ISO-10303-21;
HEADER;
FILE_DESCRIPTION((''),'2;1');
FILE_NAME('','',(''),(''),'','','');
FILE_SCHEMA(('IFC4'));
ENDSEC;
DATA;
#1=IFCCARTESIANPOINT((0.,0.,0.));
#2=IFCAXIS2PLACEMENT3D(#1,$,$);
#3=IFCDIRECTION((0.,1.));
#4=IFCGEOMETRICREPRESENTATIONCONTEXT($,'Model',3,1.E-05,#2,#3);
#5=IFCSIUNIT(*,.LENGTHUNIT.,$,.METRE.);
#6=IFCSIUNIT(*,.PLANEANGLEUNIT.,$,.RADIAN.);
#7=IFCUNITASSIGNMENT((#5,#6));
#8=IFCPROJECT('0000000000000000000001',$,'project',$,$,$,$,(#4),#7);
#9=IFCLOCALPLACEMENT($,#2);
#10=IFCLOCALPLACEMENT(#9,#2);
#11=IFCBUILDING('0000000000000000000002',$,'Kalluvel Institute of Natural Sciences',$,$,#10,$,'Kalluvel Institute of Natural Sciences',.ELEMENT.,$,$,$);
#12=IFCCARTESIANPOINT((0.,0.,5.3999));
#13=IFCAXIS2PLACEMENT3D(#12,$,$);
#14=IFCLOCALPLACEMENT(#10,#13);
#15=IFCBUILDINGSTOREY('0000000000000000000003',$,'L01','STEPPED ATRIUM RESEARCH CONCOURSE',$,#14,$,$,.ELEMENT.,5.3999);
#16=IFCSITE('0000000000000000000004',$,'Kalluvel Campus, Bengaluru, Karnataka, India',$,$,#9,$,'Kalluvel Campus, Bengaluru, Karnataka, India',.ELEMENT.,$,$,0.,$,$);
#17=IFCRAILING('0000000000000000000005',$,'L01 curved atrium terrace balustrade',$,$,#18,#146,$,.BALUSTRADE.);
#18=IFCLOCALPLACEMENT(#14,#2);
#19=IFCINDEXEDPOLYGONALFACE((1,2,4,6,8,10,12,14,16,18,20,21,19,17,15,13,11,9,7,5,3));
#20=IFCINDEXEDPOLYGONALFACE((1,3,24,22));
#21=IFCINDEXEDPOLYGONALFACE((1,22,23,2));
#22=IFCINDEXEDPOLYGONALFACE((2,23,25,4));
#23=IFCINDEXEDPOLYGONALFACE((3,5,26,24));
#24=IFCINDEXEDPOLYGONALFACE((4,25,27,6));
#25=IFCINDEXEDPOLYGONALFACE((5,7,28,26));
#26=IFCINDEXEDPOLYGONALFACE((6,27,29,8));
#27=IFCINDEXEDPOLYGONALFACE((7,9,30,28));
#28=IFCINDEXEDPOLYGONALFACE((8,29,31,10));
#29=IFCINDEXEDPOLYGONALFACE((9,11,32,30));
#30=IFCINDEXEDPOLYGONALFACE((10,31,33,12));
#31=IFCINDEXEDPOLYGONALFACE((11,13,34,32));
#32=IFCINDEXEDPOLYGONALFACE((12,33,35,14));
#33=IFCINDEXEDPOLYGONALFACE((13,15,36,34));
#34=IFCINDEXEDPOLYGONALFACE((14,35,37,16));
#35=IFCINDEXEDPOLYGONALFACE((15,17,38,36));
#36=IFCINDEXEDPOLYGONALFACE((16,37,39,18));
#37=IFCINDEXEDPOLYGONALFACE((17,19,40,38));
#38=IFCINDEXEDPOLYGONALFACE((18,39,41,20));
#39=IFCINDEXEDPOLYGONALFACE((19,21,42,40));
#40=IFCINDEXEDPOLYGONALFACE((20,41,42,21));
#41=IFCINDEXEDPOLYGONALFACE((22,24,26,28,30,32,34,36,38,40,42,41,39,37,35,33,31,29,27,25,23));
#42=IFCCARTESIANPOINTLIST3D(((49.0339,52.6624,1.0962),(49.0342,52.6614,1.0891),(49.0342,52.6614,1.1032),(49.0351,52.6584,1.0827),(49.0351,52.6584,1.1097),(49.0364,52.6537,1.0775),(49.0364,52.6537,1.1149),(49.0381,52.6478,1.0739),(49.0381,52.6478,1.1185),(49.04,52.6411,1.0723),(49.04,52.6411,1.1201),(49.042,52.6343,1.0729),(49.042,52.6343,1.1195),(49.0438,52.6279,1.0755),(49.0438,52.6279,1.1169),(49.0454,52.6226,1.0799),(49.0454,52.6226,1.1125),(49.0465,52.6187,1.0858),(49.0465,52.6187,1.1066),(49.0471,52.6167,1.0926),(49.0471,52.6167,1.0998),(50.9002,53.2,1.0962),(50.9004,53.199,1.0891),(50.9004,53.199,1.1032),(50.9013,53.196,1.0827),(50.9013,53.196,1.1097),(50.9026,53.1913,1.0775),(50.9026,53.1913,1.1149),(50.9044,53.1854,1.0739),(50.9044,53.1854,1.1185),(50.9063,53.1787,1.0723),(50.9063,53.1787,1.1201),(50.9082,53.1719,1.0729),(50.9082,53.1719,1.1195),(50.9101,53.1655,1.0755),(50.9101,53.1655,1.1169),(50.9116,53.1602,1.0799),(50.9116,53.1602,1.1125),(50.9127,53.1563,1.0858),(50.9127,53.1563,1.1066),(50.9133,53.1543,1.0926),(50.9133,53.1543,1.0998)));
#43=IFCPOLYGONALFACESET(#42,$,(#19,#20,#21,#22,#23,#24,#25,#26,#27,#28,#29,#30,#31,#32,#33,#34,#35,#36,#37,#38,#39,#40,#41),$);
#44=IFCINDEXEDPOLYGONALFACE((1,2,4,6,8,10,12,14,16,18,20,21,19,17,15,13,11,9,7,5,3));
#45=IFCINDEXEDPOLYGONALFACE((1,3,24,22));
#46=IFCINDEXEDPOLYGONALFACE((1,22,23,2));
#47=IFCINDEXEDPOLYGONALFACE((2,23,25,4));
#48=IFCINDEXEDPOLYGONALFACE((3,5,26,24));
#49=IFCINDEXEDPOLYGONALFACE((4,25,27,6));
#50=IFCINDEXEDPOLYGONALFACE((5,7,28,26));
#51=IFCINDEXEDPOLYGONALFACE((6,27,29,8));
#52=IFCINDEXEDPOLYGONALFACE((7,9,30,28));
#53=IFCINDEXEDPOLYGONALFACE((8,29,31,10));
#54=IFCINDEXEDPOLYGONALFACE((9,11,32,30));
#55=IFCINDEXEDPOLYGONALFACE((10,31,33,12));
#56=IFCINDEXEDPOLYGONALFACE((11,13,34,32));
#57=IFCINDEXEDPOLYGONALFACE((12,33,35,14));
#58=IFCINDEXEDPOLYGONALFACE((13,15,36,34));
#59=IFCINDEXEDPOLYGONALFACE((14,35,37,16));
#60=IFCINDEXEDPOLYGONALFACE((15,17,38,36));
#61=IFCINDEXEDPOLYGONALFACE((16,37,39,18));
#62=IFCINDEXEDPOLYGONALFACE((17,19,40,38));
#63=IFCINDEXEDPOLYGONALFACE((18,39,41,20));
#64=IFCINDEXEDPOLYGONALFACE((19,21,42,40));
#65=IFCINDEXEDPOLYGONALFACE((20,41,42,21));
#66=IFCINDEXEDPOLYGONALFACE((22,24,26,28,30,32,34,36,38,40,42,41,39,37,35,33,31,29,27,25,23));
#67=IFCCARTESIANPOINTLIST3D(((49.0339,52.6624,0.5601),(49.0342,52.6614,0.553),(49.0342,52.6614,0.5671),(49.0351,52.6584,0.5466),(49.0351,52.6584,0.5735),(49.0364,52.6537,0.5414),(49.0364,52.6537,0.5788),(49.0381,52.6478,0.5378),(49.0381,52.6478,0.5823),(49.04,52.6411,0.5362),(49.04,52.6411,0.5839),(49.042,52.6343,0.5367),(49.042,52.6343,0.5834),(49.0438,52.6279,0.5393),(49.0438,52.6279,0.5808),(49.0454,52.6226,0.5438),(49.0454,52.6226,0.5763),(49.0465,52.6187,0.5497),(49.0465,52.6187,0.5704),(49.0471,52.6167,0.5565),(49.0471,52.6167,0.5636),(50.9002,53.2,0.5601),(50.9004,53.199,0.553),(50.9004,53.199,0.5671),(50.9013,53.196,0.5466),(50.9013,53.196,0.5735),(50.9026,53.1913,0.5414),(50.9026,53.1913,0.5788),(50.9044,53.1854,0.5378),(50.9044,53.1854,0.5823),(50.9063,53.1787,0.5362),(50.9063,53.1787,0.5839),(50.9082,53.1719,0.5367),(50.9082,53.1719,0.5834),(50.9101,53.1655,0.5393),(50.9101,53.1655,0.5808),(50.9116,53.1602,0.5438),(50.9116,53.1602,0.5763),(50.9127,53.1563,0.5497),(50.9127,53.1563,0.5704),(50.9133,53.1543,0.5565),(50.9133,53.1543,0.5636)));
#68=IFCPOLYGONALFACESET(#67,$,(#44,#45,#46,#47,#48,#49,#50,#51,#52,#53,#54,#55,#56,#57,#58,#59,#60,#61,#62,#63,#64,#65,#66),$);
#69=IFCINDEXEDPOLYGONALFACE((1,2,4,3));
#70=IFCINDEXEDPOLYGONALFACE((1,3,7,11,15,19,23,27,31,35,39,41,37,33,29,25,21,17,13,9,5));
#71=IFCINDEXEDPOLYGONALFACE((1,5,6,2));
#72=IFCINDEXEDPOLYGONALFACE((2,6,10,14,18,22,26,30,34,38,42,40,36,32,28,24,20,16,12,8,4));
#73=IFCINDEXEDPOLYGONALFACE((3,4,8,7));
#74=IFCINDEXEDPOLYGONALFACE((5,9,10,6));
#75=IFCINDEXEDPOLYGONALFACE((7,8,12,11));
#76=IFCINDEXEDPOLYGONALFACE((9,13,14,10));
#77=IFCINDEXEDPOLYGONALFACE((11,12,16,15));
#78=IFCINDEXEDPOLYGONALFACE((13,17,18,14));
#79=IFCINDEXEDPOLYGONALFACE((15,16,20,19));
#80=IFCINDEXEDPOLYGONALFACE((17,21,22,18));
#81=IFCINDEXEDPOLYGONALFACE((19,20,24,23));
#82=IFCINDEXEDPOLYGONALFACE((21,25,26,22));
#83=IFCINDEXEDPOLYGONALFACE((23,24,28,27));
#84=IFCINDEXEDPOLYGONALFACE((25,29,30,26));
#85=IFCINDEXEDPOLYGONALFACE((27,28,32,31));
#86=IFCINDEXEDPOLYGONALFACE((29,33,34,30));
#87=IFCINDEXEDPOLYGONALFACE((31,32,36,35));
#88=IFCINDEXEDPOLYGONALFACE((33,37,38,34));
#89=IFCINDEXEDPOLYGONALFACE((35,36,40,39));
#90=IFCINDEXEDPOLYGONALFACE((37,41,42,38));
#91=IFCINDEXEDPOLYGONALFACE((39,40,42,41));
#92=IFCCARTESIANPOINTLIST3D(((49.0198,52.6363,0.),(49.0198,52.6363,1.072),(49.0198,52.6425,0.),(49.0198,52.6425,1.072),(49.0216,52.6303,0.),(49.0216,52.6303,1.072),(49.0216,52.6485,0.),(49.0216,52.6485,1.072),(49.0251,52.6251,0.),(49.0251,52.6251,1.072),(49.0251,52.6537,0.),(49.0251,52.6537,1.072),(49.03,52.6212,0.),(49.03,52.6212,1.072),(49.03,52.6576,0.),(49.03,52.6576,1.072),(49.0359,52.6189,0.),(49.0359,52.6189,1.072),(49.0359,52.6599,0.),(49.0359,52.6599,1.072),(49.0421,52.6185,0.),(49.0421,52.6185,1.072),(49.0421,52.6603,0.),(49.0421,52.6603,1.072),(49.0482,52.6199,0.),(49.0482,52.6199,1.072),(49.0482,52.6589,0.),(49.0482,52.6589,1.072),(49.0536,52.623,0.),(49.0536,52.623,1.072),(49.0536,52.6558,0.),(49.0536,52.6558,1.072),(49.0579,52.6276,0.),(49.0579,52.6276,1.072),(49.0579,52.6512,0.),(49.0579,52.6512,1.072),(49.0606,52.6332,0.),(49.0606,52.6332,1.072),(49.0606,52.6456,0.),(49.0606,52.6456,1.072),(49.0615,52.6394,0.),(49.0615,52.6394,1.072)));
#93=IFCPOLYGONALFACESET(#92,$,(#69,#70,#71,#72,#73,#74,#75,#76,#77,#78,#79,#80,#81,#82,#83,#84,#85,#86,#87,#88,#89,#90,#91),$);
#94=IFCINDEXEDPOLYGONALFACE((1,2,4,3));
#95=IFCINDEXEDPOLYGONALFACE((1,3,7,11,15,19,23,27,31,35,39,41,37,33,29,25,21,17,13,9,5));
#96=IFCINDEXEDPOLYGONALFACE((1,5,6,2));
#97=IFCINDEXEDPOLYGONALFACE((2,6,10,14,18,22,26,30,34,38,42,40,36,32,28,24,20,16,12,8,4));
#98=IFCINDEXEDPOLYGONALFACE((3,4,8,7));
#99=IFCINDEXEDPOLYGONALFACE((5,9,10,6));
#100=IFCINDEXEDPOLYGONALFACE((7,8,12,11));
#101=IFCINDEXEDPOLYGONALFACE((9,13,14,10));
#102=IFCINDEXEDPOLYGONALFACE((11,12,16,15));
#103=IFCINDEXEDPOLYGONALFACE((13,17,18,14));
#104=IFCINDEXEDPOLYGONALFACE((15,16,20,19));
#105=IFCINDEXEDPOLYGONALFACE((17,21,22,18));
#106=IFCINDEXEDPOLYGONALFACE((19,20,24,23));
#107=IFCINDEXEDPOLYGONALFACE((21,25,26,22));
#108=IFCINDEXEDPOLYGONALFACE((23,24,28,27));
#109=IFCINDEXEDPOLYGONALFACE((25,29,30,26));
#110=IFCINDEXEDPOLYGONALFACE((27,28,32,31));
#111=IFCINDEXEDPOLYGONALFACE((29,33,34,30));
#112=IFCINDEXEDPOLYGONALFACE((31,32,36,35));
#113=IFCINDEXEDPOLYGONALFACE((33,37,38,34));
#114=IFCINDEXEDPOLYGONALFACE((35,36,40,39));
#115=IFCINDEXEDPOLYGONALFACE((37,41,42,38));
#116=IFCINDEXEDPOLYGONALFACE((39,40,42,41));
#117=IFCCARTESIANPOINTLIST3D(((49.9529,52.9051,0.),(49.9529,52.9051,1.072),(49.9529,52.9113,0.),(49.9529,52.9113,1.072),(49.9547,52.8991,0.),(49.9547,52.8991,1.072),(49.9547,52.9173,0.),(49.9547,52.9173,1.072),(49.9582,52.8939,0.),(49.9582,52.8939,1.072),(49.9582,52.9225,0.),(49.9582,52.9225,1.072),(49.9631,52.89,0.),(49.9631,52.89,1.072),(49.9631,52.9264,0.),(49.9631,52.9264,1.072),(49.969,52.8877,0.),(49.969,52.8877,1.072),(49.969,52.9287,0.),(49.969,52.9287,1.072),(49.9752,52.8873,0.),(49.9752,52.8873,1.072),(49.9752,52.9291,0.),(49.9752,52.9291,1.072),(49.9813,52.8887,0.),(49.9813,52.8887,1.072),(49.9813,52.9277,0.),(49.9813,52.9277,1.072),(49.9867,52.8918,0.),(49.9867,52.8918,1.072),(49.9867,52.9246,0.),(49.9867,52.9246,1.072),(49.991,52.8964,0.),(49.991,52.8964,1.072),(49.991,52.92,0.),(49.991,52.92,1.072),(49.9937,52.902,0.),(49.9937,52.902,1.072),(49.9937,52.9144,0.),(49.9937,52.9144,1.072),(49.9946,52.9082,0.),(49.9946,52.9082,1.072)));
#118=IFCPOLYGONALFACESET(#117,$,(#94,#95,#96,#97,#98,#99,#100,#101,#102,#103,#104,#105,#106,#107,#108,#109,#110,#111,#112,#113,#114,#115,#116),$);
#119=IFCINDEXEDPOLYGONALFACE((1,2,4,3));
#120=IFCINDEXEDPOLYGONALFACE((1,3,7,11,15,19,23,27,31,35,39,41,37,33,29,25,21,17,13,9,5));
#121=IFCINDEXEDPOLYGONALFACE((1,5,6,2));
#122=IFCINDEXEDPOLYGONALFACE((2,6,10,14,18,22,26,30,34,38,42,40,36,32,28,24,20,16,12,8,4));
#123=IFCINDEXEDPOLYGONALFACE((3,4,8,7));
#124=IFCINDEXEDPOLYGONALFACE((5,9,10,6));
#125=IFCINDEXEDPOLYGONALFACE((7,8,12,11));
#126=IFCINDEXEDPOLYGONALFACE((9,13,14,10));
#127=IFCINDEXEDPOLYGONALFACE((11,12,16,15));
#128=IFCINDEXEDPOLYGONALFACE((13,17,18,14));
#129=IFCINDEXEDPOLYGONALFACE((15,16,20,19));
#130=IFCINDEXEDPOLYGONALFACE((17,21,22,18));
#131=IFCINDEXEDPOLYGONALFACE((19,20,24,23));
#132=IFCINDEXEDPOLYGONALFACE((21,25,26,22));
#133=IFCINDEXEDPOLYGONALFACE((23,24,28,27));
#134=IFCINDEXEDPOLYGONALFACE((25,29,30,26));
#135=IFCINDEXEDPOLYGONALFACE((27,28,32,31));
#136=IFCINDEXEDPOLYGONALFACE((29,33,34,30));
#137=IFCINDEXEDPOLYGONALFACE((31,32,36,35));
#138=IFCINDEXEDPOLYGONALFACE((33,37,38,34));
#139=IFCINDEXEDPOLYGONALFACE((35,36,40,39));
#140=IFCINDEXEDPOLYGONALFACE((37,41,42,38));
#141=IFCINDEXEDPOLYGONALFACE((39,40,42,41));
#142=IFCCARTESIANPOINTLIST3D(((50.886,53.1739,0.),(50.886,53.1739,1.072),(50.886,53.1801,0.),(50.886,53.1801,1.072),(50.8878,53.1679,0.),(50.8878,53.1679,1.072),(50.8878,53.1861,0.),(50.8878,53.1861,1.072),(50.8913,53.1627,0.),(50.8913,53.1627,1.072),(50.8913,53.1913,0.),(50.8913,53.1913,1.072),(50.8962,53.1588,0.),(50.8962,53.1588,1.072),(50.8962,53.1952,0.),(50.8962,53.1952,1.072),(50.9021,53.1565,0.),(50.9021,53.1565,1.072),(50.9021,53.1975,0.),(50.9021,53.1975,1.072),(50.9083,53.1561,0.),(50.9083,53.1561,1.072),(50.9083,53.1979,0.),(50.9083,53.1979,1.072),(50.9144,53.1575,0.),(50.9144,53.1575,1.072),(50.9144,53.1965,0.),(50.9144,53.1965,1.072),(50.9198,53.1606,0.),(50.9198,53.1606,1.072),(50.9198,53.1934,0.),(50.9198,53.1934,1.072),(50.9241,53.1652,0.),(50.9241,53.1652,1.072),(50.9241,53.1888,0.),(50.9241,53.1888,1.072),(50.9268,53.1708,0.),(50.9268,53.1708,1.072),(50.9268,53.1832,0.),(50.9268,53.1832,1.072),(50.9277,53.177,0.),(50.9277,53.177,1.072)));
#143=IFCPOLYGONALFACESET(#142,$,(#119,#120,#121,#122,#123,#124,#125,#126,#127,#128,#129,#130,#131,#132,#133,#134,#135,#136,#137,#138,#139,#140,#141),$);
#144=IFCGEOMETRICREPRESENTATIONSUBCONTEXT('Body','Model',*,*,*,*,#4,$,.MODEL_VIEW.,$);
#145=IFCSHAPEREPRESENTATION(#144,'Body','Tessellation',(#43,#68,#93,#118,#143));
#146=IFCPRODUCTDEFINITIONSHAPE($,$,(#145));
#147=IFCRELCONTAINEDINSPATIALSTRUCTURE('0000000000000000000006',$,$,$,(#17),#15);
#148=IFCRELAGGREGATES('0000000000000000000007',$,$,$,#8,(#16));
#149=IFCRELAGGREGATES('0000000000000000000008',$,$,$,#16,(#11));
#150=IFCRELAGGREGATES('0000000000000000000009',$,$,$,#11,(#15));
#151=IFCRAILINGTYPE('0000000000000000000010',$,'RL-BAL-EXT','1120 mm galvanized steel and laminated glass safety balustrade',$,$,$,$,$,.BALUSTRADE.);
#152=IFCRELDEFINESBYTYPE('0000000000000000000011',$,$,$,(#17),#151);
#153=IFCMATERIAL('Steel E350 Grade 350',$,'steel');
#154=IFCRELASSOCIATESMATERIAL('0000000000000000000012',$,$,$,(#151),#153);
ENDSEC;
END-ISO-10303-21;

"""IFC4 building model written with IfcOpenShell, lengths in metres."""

from ifc_helpers import new_model, si_unit, direction, frame, origin, origin_2d, place, context, subcontext, project, spatial, circle, extrude, material, type_object, element, save


model = new_model("IFC4")

# Units and contexts
model_context = context("Model", 3, precision=1e-05, world=origin(), true_north=direction((0.0, 1.0)))
body_context = subcontext(model_context, "Body", "Model", "MODEL_VIEW")
ifc_project = project(units=[si_unit("LENGTHUNIT", "METRE"), si_unit("PLANEANGLEUNIT", "RADIAN")], contexts=[model_context])

# Site, building, storey
site_placement = place(None, origin())
site = spatial("IfcSite", under=ifc_project, at=site_placement, Name="Kalluvel Campus, Bengaluru, Karnataka, India", LongName="Kalluvel Campus, Bengaluru, Karnataka, India", CompositionType="ELEMENT", RefElevation=0.0)
building_placement = place(site_placement, origin())
building = spatial("IfcBuilding", under=site, at=building_placement, Name="Kalluvel Institute of Natural Sciences", LongName="Kalluvel Institute of Natural Sciences", CompositionType="ELEMENT")
storey_placement = place(building_placement, frame((0.0, 0.0, 5.3999)))
storey = spatial("IfcBuildingStorey", under=building, at=storey_placement, Name="L01", Description="STEPPED ATRIUM RESEARCH CONCOURSE", CompositionType="ELEMENT", Elevation=5.3999)

# Railing
ifc_material_1 = material(Name="Steel E350 Grade 350", Category="steel")
railing_type = type_object("IfcRailingType", Name="RL-BAL-EXT", Description="1120 mm galvanized steel and laminated glass safety balustrade", PredefinedType="BALUSTRADE", material=ifc_material_1)
railing_1_placement = place(storey_placement, frame((49.0405, 52.6394, 0.0)))
element("IfcRailing", 1, at=railing_1_placement, inside=storey, type_object=railing_type, Name="L01 curved atrium terrace balustrade", PredefinedType="BALUSTRADE", context=body_context, shape_type="SweptSolid", body=[
    extrude(circle(Radius=0.0239, at=origin_2d()), frame((0.0, 0.0, 1.0962), z_axis=(0.960924, 0.276812, 0.0), x_axis=(-0.276812, 0.960924, 0.0)), (0.0, 0.0, 1.0), 1.9421),
    extrude(circle(Radius=0.0239, at=origin_2d()), frame((0.0, 0.0, 0.5601), z_axis=(0.960924, 0.276812, 0.0), x_axis=(-0.276812, 0.960924, 0.0)), (0.0, 0.0, 1.0), 1.9421),
    extrude(circle(Radius=0.021, at=origin_2d()), origin(), (0.0, 0.0, 1.0), 1.072),
    extrude(circle(Radius=0.021, at=origin_2d()), frame((0.9331, 0.2688, 0.0)), (0.0, 0.0, 1.0), 1.072),
    extrude(circle(Radius=0.021, at=origin_2d()), frame((1.8662, 0.5376, 0.0)), (0.0, 0.0, 1.0), 1.072),
])

save(model, "model.ifc")
